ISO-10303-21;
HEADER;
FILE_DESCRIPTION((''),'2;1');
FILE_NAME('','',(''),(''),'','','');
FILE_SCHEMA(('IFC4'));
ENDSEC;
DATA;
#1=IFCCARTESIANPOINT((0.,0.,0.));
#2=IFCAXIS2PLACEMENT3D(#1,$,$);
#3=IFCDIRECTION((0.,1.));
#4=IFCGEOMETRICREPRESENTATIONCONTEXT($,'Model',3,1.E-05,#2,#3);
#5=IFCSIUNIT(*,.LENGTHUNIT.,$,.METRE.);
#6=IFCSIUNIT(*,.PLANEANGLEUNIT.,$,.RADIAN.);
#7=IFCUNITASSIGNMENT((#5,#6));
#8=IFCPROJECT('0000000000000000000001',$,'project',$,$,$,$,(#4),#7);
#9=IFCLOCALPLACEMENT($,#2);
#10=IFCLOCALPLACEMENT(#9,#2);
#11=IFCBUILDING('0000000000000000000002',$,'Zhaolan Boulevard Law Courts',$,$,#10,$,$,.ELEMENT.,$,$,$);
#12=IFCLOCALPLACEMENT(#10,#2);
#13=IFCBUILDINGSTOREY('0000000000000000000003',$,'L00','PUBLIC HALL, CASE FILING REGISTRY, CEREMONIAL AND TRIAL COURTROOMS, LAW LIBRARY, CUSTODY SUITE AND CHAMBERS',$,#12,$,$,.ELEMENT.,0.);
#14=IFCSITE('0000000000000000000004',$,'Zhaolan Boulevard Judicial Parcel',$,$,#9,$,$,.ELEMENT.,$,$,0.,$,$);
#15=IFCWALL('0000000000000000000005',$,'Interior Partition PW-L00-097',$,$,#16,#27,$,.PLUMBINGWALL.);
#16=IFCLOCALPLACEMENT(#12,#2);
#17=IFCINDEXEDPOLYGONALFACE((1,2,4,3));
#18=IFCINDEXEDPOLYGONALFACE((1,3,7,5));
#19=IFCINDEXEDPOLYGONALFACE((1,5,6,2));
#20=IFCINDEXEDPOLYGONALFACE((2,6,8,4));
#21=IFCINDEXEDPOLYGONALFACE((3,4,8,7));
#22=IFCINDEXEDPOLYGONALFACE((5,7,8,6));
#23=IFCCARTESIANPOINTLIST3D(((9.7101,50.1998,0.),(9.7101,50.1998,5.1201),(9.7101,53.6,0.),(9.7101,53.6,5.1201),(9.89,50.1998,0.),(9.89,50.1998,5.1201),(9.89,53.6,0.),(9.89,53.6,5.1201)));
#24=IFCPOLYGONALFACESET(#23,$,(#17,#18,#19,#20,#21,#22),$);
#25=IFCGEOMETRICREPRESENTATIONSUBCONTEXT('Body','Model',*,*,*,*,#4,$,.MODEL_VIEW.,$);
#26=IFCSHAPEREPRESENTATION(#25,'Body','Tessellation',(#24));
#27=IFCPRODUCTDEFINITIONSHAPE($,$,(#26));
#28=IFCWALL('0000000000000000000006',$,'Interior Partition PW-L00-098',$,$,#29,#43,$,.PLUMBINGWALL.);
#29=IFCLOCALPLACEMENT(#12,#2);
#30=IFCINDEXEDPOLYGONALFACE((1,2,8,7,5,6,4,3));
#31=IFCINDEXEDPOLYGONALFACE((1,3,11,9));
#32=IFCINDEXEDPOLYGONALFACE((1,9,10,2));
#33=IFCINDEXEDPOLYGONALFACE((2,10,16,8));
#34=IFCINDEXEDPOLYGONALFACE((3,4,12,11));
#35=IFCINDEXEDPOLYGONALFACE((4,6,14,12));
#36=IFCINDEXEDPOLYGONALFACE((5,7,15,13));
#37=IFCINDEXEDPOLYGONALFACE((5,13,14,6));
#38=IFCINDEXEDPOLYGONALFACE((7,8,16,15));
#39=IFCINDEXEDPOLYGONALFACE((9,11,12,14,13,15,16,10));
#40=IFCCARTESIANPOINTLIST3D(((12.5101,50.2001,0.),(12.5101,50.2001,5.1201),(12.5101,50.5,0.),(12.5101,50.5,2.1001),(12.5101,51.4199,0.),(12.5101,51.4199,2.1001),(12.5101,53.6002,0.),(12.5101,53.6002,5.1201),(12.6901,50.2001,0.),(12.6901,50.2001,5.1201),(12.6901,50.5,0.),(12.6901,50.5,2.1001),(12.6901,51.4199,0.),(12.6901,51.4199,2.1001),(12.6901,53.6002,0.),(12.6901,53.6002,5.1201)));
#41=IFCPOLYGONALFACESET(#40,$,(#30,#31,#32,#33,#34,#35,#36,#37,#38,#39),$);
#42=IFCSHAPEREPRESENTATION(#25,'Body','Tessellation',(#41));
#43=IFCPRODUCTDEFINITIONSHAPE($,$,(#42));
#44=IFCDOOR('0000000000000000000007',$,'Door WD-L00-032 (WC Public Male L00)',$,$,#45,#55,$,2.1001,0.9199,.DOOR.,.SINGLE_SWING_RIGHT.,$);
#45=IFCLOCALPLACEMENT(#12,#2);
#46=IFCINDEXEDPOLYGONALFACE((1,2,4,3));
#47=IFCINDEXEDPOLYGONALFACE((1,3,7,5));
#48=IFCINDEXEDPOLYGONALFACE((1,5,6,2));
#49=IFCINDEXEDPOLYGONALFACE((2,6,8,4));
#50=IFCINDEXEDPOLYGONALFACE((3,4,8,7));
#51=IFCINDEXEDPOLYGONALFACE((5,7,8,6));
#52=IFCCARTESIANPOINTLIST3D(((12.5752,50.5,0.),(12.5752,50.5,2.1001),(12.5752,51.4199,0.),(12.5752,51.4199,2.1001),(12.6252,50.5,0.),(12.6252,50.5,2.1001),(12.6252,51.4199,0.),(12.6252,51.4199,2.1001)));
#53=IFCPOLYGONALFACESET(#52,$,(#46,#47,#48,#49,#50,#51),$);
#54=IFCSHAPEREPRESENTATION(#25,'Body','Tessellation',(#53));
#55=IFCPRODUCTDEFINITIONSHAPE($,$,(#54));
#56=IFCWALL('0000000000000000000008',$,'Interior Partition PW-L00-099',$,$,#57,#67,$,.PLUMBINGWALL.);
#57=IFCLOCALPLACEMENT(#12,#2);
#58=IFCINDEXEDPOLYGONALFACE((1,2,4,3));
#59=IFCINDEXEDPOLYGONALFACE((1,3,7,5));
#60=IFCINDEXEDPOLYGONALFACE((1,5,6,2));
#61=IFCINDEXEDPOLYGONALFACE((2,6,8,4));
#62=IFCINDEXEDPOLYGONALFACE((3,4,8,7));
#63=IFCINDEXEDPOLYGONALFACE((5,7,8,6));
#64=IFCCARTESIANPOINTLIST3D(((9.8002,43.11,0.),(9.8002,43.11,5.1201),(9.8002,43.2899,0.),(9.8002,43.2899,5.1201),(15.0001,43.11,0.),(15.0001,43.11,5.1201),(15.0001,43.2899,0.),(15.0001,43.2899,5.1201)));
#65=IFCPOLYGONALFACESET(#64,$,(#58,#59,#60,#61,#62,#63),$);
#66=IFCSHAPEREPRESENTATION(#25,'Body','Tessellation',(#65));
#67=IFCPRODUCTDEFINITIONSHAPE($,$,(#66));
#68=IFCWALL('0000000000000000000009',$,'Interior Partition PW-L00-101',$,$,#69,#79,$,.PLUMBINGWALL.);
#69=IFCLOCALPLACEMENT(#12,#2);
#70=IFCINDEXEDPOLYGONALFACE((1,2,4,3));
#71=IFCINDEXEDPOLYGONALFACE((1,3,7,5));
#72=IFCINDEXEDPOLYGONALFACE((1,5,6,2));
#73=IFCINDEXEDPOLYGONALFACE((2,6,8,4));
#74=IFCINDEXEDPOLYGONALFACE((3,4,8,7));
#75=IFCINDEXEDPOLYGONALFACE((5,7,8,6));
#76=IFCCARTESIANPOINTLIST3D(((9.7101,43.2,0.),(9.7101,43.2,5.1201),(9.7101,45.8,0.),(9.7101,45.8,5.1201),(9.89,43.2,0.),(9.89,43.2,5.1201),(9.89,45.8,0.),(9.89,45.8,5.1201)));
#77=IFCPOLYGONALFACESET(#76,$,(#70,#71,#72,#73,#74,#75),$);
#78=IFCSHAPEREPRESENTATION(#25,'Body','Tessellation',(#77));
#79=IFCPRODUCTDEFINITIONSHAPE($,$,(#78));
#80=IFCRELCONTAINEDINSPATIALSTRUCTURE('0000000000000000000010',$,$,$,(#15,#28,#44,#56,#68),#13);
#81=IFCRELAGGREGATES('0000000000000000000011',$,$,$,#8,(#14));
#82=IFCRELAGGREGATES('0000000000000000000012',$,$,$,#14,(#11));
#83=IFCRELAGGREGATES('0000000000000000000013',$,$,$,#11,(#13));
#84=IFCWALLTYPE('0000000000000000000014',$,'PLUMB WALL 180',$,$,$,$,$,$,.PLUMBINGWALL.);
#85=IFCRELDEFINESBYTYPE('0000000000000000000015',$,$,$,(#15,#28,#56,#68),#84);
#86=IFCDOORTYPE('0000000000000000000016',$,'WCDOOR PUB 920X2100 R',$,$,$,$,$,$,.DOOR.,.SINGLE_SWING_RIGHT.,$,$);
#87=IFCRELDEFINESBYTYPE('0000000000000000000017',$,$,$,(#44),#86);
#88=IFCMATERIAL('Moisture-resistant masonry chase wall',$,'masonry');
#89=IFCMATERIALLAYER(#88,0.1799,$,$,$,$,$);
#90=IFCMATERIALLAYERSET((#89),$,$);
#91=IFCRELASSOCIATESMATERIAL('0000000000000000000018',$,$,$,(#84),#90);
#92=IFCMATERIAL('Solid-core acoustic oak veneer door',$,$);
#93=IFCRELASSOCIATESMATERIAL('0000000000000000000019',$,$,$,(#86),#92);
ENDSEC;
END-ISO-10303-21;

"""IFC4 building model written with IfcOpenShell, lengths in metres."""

from ifc_helpers import new_model, si_unit, direction, frame, frame_2d, origin, place, context, subcontext, project, spatial, rectangle, extrude, material, layer, layer_set, type_object, element, fill, save


model = new_model("IFC4")

# Units and contexts
model_context = context("Model", 3, precision=1e-05, world=origin(), true_north=direction((0.0, 1.0)))
body_context = subcontext(model_context, "Body", "Model", "MODEL_VIEW")
ifc_project = project(units=[si_unit("LENGTHUNIT", "METRE"), si_unit("PLANEANGLEUNIT", "RADIAN")], contexts=[model_context])

# Site, building, storey
site_placement = place(None, origin())
site = spatial("IfcSite", under=ifc_project, at=site_placement, Name="Zhaolan Boulevard Judicial Parcel", CompositionType="ELEMENT", RefElevation=0.0)
building_placement = place(site_placement, origin())
building = spatial("IfcBuilding", under=site, at=building_placement, Name="Zhaolan Boulevard Law Courts", CompositionType="ELEMENT")
storey_placement = place(building_placement, origin())
storey = spatial("IfcBuildingStorey", under=building, at=storey_placement, Name="L00", Description="PUBLIC HALL, CASE FILING REGISTRY, CEREMONIAL AND TRIAL COURTROOMS, LAW LIBRARY, CUSTODY SUITE AND CHAMBERS", CompositionType="ELEMENT", Elevation=0.0)

# Shared definitions
ifc_material_1 = material(Name="Moisture-resistant masonry chase wall", Category="masonry")
ifc_layer_1 = layer(ifc_material_1, 0.1799)
ifc_layer_set_1 = layer_set([ifc_layer_1])
wall_type_1 = type_object("IfcWallType", Name="PLUMB WALL 180", PredefinedType="PLUMBINGWALL", material=ifc_layer_set_1)

# Wall
wall_1_placement = place(storey_placement, frame((9.8, 53.6001, 0.0), z_axis=(0.0, 0.0, 1.0), x_axis=(0.0, -1.0, 0.0)))
element("IfcWall", 1, at=wall_1_placement, inside=storey, type_object=wall_type_1, Name="Interior Partition PW-L00-097", PredefinedType="PLUMBINGWALL", context=body_context, shape_type="SweptSolid", body=[
    extrude(rectangle(XDim=3.4001, YDim=0.1799, at=frame_2d((1.7002, 0.0))), origin(), (0.0, 0.0, 1.0), 5.1201),
])

# Wall, opening, door
wall_2_placement = place(storey_placement, frame((12.6001, 50.2, 0.0), z_axis=(0.0, 0.0, 1.0), x_axis=(0.0, 1.0, 0.0)))
wall_2 = element("IfcWall", 2, at=wall_2_placement, inside=storey, type_object=wall_type_1, Name="Interior Partition PW-L00-098", PredefinedType="PLUMBINGWALL", context=body_context, shape_type="SweptSolid", body=[
    extrude(rectangle(XDim=3.4001, YDim=0.1799, at=frame_2d((1.7002, 0.0))), origin(), (0.0, 0.0, 1.0), 5.1201),
])
opening_1_placement = place(wall_2_placement, frame((0.3, 0.0, 0.0)))
opening_1 = element("IfcOpeningElement", 3, at=opening_1_placement, cuts=wall_2, PredefinedType="OPENING", context=body_context, shape_type="SweptSolid", body=[
    extrude(rectangle(XDim=0.9199, YDim=2.1001, at=frame_2d((0.46, 1.05))), frame((0.0, 0.0999, 0.0), z_axis=(0.0, -1.0, 0.0), x_axis=(1.0, 0.0, 0.0)), (0.0, 0.0, 1.0), 0.2),
])
ifc_material_2 = material(Name="Solid-core acoustic oak veneer door")
door_type_1 = type_object("IfcDoorType", Name="WCDOOR PUB 920X2100 R", OperationType="SINGLE_SWING_RIGHT", PredefinedType="DOOR", material=ifc_material_2)
door_1_placement = place(opening_1_placement, origin())
door_1 = element("IfcDoor", 4, at=door_1_placement, inside=storey, type_object=door_type_1, Name="Door WD-L00-032 (WC Public Male L00)", OperationType="SINGLE_SWING_RIGHT", OverallHeight=2.1001, OverallWidth=0.9199, PredefinedType="DOOR", context=body_context, shape_type="SweptSolid", body=[
    extrude(rectangle(XDim=0.9199, YDim=2.1001, at=frame_2d((0.46, 1.05))), frame((0.0, 0.0249, 0.0), z_axis=(0.0, -1.0, 0.0), x_axis=(1.0, 0.0, 0.0)), (0.0, 0.0, 1.0), 0.05),
])
fill(opening_1, door_1)

# Walls
wall_3_placement = place(storey_placement, frame((9.8, 43.2, 0.0), z_axis=(0.0, 0.0, 1.0), x_axis=(1.0, 0.0, 0.0)))
element("IfcWall", 5, at=wall_3_placement, inside=storey, type_object=wall_type_1, Name="Interior Partition PW-L00-099", PredefinedType="PLUMBINGWALL", context=body_context, shape_type="SweptSolid", body=[
    extrude(rectangle(XDim=5.2, YDim=0.1799, at=frame_2d((2.6001, 0.0))), origin(), (0.0, 0.0, 1.0), 5.1201),
])
wall_4_placement = place(storey_placement, frame((9.8, 45.8, 0.0), z_axis=(0.0, 0.0, 1.0), x_axis=(0.0, -1.0, 0.0)))
element("IfcWall", 6, at=wall_4_placement, inside=storey, type_object=wall_type_1, Name="Interior Partition PW-L00-101", PredefinedType="PLUMBINGWALL", context=body_context, shape_type="SweptSolid", body=[
    extrude(rectangle(XDim=2.6001, YDim=0.1799, at=frame_2d((1.3, 0.0))), origin(), (0.0, 0.0, 1.0), 5.1201),
])

save(model, "model.ifc")
